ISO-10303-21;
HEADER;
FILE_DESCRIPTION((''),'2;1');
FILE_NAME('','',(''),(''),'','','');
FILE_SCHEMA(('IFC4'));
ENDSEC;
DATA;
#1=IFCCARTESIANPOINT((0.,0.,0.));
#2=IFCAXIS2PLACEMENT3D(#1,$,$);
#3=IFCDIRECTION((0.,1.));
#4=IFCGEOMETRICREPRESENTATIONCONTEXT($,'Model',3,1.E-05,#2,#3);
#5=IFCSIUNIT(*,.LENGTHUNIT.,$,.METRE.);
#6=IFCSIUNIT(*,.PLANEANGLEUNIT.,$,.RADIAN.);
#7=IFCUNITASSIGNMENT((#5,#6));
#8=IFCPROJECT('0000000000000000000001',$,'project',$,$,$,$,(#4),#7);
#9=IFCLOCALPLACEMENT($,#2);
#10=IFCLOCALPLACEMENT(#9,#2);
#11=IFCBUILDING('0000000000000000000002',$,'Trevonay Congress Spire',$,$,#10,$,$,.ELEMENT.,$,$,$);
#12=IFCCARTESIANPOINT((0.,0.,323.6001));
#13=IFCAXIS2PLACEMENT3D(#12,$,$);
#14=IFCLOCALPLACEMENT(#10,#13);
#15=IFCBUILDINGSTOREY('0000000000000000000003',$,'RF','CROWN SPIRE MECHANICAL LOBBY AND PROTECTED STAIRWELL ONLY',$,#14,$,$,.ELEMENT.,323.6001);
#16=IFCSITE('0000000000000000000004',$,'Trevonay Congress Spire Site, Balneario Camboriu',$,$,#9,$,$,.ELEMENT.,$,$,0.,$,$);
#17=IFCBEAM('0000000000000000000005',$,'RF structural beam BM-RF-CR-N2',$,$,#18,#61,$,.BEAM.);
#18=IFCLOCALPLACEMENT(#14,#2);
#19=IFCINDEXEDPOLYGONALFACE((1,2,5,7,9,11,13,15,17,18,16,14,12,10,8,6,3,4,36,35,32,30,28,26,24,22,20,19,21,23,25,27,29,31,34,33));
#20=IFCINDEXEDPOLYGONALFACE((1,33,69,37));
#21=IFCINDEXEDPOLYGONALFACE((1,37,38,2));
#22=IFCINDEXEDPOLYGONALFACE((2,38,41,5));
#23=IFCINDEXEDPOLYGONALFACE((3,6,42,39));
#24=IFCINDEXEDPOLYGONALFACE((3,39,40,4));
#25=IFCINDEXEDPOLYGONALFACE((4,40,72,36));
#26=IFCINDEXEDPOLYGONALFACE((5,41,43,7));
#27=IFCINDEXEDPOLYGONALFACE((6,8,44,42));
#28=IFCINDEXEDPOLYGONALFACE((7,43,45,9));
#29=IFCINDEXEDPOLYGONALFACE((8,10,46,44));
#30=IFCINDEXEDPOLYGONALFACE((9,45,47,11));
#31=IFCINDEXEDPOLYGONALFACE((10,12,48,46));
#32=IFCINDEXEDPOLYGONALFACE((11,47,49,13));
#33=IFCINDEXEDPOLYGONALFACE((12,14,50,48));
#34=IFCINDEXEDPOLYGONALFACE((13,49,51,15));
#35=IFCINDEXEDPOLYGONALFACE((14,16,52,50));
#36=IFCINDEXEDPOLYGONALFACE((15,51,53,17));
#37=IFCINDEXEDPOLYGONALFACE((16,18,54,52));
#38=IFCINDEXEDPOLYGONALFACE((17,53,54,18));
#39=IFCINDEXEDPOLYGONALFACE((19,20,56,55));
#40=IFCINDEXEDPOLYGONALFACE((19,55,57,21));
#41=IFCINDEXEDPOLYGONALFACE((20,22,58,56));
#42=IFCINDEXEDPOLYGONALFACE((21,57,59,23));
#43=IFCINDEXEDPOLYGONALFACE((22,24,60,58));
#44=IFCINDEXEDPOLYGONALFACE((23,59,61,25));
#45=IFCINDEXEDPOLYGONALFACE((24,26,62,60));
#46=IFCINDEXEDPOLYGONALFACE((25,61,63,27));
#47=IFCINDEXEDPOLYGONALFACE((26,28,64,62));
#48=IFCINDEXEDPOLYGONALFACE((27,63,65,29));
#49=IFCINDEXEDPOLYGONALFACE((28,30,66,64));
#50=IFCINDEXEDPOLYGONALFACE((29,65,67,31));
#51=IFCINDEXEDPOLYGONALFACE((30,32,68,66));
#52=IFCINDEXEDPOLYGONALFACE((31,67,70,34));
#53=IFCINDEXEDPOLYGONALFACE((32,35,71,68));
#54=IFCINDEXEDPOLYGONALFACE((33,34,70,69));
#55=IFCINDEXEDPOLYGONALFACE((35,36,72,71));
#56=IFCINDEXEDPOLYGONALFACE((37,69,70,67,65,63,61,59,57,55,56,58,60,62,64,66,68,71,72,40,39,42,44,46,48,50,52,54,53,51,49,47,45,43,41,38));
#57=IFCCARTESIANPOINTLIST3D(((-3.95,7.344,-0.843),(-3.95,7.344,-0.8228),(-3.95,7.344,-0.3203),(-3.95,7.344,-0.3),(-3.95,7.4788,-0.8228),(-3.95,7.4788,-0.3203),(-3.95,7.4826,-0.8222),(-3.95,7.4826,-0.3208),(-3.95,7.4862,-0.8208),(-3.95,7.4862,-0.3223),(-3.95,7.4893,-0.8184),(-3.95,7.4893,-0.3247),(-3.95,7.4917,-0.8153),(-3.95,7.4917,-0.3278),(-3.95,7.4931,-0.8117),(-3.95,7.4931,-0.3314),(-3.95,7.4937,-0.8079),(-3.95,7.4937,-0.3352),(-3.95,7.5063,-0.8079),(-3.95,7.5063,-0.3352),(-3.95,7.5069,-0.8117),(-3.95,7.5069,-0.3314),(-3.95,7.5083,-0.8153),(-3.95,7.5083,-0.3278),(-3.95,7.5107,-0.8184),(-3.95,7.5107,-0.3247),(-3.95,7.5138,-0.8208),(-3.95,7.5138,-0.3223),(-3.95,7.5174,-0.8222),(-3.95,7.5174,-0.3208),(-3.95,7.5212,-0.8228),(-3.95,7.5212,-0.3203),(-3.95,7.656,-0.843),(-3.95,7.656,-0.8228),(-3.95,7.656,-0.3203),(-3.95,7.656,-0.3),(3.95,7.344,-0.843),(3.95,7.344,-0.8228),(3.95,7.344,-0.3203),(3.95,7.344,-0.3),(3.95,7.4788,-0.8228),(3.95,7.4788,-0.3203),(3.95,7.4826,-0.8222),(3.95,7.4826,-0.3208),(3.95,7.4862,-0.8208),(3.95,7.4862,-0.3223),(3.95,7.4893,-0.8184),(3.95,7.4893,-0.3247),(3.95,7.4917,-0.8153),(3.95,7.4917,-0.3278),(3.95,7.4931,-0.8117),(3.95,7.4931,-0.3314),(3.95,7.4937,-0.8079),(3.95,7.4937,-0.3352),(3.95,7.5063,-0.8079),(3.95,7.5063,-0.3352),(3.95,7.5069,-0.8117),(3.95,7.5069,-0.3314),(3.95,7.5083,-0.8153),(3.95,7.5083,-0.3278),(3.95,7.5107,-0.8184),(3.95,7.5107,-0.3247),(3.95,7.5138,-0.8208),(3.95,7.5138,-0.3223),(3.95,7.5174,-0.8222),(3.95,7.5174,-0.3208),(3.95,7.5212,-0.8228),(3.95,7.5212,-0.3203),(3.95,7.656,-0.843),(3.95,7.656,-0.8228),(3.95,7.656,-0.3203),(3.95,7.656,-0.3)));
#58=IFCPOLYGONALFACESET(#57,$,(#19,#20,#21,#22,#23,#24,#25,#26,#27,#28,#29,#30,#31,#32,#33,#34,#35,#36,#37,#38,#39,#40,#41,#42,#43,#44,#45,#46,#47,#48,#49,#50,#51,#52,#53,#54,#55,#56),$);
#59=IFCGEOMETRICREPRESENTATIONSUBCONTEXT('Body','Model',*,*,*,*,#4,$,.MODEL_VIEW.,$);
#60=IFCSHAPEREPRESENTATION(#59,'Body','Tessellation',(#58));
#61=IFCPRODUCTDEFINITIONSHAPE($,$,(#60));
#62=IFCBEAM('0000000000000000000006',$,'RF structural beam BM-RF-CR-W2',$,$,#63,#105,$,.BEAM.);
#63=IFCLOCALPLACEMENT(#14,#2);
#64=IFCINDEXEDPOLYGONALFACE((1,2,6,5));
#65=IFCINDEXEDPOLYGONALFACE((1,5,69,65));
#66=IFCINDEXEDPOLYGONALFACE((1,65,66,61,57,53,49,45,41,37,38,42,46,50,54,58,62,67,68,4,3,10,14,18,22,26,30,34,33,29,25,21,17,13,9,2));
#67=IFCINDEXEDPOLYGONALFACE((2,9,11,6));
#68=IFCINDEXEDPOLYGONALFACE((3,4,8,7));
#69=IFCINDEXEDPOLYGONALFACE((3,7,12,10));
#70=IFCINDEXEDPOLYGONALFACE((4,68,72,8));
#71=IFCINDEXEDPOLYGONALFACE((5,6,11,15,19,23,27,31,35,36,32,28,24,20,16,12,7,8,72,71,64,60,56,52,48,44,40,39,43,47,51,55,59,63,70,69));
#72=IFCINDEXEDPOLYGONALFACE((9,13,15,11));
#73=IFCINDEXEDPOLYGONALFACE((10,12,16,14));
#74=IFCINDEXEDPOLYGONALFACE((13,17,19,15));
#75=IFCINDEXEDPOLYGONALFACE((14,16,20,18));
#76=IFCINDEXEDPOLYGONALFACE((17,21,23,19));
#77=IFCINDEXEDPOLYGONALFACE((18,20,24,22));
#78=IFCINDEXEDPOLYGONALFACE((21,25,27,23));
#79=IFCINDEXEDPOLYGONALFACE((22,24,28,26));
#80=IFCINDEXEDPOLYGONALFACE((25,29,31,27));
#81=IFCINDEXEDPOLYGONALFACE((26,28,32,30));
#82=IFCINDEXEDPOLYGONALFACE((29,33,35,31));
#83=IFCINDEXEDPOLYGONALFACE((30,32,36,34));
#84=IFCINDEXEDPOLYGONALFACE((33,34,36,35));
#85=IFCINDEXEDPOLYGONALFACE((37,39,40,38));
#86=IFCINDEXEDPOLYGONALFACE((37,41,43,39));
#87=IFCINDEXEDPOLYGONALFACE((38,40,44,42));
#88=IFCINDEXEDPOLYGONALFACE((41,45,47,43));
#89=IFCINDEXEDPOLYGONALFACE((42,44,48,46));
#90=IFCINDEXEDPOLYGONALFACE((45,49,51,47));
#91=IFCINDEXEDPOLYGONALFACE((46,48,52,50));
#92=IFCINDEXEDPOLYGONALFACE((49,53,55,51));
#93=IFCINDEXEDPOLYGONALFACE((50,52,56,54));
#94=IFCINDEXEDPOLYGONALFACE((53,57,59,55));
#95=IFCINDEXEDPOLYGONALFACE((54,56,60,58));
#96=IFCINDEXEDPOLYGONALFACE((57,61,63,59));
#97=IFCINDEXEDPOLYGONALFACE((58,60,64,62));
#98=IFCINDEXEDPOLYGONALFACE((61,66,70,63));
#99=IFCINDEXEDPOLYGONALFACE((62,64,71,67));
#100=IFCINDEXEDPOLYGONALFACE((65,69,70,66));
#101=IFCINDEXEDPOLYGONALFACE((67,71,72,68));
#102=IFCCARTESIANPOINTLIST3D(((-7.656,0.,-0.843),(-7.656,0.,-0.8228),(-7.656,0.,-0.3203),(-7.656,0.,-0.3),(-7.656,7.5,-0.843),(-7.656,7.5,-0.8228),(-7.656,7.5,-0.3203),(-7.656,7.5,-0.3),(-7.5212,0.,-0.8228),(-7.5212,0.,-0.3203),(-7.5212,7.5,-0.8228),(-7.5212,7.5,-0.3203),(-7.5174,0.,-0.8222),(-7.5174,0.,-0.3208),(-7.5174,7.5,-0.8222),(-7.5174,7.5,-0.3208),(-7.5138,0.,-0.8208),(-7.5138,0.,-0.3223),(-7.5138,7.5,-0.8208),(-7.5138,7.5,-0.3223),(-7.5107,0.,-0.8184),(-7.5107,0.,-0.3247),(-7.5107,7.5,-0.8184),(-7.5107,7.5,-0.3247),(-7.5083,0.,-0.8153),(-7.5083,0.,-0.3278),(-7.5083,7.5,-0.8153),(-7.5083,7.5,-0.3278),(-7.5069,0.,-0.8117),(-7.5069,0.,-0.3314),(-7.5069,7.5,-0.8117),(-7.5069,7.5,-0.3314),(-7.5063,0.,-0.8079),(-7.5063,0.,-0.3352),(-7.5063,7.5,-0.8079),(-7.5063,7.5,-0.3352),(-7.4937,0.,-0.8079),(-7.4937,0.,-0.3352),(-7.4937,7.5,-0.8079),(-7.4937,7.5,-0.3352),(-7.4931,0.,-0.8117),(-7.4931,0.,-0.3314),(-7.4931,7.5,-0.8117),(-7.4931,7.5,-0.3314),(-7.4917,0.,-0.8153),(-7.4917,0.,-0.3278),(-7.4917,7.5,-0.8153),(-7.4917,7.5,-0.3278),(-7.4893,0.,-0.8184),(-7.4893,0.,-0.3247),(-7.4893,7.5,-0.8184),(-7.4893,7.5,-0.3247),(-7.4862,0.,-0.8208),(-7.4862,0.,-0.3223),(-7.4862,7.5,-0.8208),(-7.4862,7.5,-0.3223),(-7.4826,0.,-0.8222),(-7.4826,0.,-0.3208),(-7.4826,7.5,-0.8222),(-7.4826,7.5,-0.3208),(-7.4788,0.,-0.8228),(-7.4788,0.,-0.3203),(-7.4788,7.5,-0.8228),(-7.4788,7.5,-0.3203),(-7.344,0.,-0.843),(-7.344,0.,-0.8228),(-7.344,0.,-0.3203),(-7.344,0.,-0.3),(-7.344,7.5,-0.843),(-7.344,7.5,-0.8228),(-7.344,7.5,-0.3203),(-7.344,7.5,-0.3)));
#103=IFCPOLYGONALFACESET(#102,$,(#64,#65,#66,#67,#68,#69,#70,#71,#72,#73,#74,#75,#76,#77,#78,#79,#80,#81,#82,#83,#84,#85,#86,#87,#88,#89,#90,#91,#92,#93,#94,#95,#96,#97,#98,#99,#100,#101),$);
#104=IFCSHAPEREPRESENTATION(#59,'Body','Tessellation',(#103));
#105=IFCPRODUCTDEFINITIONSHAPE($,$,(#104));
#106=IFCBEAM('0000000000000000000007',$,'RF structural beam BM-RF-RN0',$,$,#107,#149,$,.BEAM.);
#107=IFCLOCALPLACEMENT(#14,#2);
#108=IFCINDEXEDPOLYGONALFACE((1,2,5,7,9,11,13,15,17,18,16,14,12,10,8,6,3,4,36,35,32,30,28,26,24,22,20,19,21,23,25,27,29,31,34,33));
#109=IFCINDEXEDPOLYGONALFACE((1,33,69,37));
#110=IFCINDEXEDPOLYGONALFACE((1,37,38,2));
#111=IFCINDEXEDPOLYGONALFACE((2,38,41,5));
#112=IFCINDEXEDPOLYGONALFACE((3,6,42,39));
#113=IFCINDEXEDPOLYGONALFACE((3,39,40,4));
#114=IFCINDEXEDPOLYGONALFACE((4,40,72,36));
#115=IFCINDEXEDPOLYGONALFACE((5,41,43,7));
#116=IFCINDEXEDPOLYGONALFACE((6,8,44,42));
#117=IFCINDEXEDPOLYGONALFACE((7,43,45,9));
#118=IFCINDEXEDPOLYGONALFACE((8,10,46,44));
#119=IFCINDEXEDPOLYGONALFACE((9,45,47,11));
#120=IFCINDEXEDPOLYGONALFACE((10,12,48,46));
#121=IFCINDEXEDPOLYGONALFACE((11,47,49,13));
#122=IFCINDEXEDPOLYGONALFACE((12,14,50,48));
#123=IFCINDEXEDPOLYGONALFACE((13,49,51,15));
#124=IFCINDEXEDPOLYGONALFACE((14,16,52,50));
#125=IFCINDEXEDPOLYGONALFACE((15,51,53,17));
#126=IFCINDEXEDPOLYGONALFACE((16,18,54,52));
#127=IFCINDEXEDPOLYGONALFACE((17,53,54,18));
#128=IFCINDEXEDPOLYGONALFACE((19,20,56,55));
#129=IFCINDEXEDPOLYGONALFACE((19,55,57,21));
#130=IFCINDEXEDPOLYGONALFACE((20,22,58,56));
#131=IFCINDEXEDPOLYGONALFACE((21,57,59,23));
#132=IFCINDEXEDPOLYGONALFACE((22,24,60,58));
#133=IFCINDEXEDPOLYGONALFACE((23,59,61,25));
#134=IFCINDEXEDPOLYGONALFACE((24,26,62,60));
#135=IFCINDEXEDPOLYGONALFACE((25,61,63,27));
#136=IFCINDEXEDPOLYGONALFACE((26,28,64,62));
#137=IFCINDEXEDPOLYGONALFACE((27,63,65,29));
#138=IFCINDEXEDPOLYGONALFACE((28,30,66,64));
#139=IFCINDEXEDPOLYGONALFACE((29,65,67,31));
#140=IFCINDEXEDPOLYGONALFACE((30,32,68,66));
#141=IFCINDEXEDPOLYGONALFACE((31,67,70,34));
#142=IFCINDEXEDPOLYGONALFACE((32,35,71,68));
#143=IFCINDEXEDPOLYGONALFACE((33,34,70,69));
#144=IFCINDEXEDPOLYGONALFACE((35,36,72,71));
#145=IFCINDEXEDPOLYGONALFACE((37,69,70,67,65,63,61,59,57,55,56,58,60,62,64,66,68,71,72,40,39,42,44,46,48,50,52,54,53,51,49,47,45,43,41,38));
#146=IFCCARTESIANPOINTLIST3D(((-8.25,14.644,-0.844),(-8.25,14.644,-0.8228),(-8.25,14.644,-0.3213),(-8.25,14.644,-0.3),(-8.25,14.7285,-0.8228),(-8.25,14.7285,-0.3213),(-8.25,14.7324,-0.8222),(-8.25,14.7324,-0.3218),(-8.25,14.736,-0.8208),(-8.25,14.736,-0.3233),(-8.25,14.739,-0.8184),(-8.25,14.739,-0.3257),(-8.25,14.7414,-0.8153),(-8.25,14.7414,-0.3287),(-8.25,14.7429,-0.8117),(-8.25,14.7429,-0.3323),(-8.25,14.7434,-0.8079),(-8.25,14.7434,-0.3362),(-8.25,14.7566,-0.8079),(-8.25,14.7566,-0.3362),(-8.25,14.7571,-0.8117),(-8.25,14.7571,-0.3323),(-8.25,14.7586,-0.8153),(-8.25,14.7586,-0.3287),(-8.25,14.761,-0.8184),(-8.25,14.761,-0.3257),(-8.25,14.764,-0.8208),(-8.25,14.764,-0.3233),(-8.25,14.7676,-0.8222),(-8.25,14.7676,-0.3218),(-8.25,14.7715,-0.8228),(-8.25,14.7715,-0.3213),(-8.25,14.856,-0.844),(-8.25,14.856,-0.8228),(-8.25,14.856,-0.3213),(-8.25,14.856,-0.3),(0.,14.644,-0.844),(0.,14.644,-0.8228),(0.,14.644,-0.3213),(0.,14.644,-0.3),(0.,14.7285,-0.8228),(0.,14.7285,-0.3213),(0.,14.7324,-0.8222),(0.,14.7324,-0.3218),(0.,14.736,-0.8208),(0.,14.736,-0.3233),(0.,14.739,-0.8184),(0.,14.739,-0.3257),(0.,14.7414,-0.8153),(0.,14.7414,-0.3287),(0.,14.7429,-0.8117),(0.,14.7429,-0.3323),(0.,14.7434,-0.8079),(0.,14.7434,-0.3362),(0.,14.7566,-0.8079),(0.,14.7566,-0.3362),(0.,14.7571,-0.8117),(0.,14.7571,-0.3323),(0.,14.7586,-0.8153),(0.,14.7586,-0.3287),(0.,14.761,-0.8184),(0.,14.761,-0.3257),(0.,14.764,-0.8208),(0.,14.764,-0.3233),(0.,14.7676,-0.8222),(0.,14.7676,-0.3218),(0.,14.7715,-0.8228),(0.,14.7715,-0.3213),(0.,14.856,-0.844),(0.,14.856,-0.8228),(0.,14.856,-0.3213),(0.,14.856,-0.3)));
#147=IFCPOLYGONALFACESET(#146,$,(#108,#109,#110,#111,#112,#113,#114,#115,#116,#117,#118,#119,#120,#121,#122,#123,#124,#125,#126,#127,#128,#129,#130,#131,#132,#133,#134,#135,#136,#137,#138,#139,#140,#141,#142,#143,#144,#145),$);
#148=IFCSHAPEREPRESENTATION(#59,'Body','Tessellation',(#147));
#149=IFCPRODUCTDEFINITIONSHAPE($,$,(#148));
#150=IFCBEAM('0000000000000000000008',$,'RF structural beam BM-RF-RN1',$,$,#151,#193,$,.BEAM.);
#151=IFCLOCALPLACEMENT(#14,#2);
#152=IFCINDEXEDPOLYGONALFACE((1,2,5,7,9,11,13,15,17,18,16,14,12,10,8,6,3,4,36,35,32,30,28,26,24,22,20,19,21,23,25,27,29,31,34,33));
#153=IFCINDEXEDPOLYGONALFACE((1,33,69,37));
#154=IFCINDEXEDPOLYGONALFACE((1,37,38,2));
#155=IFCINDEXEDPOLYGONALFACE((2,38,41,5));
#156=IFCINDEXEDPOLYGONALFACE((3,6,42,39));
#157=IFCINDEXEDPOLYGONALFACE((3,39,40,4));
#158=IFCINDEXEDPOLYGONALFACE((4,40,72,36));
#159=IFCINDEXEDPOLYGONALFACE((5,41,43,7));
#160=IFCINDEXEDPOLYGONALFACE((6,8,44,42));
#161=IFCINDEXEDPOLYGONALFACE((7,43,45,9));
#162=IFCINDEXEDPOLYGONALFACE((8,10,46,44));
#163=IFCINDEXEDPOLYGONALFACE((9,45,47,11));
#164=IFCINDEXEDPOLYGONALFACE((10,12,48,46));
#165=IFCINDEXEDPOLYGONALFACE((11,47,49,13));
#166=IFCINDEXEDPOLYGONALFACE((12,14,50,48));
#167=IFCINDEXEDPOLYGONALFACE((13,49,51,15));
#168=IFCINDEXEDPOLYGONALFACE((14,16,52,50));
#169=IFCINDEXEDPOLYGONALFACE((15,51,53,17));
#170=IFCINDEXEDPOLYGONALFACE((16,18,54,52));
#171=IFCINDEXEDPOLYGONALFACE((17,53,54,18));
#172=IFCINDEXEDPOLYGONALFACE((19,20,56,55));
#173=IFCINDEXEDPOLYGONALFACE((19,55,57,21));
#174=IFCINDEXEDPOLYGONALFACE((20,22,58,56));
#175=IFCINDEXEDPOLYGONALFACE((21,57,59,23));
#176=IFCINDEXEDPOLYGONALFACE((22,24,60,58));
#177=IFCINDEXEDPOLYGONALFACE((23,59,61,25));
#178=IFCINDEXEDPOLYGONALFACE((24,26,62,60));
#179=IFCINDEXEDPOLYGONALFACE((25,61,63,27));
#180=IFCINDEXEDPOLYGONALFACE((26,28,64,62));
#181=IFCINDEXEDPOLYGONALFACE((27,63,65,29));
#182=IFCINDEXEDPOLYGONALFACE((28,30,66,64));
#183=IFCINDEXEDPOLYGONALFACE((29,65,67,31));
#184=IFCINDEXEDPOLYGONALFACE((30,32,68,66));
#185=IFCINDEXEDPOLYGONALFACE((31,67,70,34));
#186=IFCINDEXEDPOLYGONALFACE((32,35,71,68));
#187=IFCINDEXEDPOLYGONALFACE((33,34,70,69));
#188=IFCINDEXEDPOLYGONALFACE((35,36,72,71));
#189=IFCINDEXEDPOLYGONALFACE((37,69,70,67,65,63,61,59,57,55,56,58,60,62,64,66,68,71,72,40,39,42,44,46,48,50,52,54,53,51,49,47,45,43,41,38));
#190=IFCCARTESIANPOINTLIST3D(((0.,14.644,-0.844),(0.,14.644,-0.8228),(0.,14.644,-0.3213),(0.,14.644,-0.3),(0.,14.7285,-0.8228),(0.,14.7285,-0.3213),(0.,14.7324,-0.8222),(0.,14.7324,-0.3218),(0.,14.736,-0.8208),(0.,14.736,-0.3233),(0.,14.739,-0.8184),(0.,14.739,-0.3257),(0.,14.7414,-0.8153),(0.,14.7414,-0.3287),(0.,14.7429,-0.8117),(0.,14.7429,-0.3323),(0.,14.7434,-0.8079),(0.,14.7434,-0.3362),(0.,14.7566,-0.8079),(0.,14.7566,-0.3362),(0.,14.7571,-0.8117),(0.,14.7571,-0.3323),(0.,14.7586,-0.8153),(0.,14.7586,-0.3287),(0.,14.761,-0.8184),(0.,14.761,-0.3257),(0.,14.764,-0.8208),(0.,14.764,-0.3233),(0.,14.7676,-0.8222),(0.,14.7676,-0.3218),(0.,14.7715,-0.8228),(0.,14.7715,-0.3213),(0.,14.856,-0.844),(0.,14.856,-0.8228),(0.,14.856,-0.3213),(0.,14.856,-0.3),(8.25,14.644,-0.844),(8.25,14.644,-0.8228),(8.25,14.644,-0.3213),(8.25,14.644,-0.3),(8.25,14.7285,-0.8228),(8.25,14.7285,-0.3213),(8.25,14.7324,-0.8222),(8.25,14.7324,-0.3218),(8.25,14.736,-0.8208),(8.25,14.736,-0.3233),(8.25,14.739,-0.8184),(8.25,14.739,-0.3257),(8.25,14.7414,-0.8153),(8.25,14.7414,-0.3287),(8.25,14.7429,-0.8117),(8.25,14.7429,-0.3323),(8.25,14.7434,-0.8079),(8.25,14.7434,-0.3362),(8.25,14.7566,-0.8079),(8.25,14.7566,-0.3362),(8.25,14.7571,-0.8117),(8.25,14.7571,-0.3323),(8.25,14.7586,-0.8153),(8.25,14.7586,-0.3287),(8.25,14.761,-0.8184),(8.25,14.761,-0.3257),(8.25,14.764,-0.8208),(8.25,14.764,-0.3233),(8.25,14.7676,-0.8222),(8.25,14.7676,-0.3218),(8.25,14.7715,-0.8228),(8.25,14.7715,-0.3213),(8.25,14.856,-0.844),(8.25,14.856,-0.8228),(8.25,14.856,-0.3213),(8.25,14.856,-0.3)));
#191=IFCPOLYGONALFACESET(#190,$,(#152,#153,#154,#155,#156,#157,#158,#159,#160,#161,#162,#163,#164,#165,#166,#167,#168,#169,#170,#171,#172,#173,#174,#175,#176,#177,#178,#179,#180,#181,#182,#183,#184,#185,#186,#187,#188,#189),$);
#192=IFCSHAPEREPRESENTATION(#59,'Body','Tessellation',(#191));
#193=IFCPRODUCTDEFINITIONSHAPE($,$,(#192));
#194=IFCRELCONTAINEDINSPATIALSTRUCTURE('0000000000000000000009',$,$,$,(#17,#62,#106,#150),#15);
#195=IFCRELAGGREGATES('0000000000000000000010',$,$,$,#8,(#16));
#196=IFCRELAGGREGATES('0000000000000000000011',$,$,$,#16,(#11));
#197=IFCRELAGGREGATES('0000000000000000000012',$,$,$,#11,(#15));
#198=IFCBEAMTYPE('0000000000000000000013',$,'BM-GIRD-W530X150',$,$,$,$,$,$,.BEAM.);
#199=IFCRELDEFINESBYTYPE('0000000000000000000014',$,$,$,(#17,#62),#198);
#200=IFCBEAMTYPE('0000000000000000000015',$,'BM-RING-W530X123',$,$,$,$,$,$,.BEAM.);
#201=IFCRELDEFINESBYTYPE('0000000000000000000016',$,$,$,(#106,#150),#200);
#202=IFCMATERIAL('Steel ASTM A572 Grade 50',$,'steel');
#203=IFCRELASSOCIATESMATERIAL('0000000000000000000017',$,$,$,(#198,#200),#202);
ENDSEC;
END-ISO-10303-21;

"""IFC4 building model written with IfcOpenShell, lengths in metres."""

from ifc_helpers import new_model, si_unit, direction, frame, origin, origin_2d, place, context, subcontext, project, spatial, i_section, extrude, material, material_profile, profile_set, type_object, element, save


model = new_model("IFC4")

# Units and contexts
model_context = context("Model", 3, precision=1e-05, world=origin(), true_north=direction((0.0, 1.0)))
body_context = subcontext(model_context, "Body", "Model", "MODEL_VIEW")
ifc_project = project(units=[si_unit("LENGTHUNIT", "METRE"), si_unit("PLANEANGLEUNIT", "RADIAN")], contexts=[model_context])

# Site, building, storey
site_placement = place(None, origin())
site = spatial("IfcSite", under=ifc_project, at=site_placement, Name="Trevonay Congress Spire Site, Balneario Camboriu", CompositionType="ELEMENT", RefElevation=0.0)
building_placement = place(site_placement, origin())
building = spatial("IfcBuilding", under=site, at=building_placement, Name="Trevonay Congress Spire", CompositionType="ELEMENT")
storey_placement = place(building_placement, frame((0.0, 0.0, 323.6001)))
storey = spatial("IfcBuildingStorey", under=building, at=storey_placement, Name="RF", Description="CROWN SPIRE MECHANICAL LOBBY AND PROTECTED STAIRWELL ONLY", CompositionType="ELEMENT", Elevation=323.6001)

# Shared definitions
ifc_material_1 = material(Name="Steel ASTM A572 Grade 50", Category="steel")

# Beams
ifc_material_profile_1 = material_profile(ifc_material_1, i_section(OverallWidth=0.312, OverallDepth=0.543, WebThickness=0.0127, FlangeThickness=0.0203, FilletRadius=0.0149, at=origin_2d()), Name="W530x150")
ifc_profile_set_1 = profile_set([ifc_material_profile_1], Name="Steel ASTM A572 Grade 50")
beam_type_1 = type_object("IfcBeamType", Name="BM-GIRD-W530X150", PredefinedType="BEAM", material=ifc_profile_set_1)
beam_1_placement = place(storey_placement, frame((-3.95, 7.5, -0.5715), z_axis=(1.0, 0.0, 0.0), x_axis=(0.0, 1.0, 0.0)))
element("IfcBeam", 1, at=beam_1_placement, inside=storey, type_object=beam_type_1, Name="RF structural beam BM-RF-CR-N2", PredefinedType="BEAM", context=body_context, shape_type="SweptSolid", body=[
    extrude(i_section(OverallWidth=0.312, OverallDepth=0.543, WebThickness=0.0127, FlangeThickness=0.0203, FilletRadius=0.0149, at=origin_2d()), origin(), (0.0, 0.0, 1.0), 7.8999),
])
beam_2_placement = place(storey_placement, frame((-7.5, 0.0, -0.5715), z_axis=(0.0, 1.0, 0.0), x_axis=(-1.0, 0.0, 0.0)))
element("IfcBeam", 2, at=beam_2_placement, inside=storey, type_object=beam_type_1, Name="RF structural beam BM-RF-CR-W2", PredefinedType="BEAM", context=body_context, shape_type="SweptSolid", body=[
    extrude(i_section(OverallWidth=0.312, OverallDepth=0.543, WebThickness=0.0127, FlangeThickness=0.0203, FilletRadius=0.0149, at=origin_2d()), origin(), (0.0, 0.0, 1.0), 7.5),
])
ifc_material_profile_2 = material_profile(ifc_material_1, i_section(OverallWidth=0.2119, OverallDepth=0.5439, WebThickness=0.0132, FlangeThickness=0.0212, FilletRadius=0.0149, at=origin_2d()), Name="W530x123")
ifc_profile_set_2 = profile_set([ifc_material_profile_2], Name="Steel ASTM A572 Grade 50")
beam_type_2 = type_object("IfcBeamType", Name="BM-RING-W530X123", PredefinedType="BEAM", material=ifc_profile_set_2)
for number, where, z_axis, x_axis, name in (
    (3, (-8.25, 14.75, -0.572), (1.0, 0.0, 0.0), (0.0, 1.0, 0.0), "RF structural beam BM-RF-RN0"),
    (4, (0.0, 14.75, -0.572), (1.0, 0.0, 0.0), (0.0, 1.0, 0.0), "RF structural beam BM-RF-RN1"),
):
    element("IfcBeam", number, at=place(storey_placement, frame(where, z_axis=z_axis, x_axis=x_axis)), inside=storey, type_object=beam_type_2, Name=name, PredefinedType="BEAM", context=body_context, shape_type="SweptSolid", body=[
        extrude(i_section(OverallWidth=0.2119, OverallDepth=0.5439, WebThickness=0.0132, FlangeThickness=0.0212, FilletRadius=0.0149, at=origin_2d()), origin(), (0.0, 0.0, 1.0), 8.25),
    ])

save(model, "model.ifc")
